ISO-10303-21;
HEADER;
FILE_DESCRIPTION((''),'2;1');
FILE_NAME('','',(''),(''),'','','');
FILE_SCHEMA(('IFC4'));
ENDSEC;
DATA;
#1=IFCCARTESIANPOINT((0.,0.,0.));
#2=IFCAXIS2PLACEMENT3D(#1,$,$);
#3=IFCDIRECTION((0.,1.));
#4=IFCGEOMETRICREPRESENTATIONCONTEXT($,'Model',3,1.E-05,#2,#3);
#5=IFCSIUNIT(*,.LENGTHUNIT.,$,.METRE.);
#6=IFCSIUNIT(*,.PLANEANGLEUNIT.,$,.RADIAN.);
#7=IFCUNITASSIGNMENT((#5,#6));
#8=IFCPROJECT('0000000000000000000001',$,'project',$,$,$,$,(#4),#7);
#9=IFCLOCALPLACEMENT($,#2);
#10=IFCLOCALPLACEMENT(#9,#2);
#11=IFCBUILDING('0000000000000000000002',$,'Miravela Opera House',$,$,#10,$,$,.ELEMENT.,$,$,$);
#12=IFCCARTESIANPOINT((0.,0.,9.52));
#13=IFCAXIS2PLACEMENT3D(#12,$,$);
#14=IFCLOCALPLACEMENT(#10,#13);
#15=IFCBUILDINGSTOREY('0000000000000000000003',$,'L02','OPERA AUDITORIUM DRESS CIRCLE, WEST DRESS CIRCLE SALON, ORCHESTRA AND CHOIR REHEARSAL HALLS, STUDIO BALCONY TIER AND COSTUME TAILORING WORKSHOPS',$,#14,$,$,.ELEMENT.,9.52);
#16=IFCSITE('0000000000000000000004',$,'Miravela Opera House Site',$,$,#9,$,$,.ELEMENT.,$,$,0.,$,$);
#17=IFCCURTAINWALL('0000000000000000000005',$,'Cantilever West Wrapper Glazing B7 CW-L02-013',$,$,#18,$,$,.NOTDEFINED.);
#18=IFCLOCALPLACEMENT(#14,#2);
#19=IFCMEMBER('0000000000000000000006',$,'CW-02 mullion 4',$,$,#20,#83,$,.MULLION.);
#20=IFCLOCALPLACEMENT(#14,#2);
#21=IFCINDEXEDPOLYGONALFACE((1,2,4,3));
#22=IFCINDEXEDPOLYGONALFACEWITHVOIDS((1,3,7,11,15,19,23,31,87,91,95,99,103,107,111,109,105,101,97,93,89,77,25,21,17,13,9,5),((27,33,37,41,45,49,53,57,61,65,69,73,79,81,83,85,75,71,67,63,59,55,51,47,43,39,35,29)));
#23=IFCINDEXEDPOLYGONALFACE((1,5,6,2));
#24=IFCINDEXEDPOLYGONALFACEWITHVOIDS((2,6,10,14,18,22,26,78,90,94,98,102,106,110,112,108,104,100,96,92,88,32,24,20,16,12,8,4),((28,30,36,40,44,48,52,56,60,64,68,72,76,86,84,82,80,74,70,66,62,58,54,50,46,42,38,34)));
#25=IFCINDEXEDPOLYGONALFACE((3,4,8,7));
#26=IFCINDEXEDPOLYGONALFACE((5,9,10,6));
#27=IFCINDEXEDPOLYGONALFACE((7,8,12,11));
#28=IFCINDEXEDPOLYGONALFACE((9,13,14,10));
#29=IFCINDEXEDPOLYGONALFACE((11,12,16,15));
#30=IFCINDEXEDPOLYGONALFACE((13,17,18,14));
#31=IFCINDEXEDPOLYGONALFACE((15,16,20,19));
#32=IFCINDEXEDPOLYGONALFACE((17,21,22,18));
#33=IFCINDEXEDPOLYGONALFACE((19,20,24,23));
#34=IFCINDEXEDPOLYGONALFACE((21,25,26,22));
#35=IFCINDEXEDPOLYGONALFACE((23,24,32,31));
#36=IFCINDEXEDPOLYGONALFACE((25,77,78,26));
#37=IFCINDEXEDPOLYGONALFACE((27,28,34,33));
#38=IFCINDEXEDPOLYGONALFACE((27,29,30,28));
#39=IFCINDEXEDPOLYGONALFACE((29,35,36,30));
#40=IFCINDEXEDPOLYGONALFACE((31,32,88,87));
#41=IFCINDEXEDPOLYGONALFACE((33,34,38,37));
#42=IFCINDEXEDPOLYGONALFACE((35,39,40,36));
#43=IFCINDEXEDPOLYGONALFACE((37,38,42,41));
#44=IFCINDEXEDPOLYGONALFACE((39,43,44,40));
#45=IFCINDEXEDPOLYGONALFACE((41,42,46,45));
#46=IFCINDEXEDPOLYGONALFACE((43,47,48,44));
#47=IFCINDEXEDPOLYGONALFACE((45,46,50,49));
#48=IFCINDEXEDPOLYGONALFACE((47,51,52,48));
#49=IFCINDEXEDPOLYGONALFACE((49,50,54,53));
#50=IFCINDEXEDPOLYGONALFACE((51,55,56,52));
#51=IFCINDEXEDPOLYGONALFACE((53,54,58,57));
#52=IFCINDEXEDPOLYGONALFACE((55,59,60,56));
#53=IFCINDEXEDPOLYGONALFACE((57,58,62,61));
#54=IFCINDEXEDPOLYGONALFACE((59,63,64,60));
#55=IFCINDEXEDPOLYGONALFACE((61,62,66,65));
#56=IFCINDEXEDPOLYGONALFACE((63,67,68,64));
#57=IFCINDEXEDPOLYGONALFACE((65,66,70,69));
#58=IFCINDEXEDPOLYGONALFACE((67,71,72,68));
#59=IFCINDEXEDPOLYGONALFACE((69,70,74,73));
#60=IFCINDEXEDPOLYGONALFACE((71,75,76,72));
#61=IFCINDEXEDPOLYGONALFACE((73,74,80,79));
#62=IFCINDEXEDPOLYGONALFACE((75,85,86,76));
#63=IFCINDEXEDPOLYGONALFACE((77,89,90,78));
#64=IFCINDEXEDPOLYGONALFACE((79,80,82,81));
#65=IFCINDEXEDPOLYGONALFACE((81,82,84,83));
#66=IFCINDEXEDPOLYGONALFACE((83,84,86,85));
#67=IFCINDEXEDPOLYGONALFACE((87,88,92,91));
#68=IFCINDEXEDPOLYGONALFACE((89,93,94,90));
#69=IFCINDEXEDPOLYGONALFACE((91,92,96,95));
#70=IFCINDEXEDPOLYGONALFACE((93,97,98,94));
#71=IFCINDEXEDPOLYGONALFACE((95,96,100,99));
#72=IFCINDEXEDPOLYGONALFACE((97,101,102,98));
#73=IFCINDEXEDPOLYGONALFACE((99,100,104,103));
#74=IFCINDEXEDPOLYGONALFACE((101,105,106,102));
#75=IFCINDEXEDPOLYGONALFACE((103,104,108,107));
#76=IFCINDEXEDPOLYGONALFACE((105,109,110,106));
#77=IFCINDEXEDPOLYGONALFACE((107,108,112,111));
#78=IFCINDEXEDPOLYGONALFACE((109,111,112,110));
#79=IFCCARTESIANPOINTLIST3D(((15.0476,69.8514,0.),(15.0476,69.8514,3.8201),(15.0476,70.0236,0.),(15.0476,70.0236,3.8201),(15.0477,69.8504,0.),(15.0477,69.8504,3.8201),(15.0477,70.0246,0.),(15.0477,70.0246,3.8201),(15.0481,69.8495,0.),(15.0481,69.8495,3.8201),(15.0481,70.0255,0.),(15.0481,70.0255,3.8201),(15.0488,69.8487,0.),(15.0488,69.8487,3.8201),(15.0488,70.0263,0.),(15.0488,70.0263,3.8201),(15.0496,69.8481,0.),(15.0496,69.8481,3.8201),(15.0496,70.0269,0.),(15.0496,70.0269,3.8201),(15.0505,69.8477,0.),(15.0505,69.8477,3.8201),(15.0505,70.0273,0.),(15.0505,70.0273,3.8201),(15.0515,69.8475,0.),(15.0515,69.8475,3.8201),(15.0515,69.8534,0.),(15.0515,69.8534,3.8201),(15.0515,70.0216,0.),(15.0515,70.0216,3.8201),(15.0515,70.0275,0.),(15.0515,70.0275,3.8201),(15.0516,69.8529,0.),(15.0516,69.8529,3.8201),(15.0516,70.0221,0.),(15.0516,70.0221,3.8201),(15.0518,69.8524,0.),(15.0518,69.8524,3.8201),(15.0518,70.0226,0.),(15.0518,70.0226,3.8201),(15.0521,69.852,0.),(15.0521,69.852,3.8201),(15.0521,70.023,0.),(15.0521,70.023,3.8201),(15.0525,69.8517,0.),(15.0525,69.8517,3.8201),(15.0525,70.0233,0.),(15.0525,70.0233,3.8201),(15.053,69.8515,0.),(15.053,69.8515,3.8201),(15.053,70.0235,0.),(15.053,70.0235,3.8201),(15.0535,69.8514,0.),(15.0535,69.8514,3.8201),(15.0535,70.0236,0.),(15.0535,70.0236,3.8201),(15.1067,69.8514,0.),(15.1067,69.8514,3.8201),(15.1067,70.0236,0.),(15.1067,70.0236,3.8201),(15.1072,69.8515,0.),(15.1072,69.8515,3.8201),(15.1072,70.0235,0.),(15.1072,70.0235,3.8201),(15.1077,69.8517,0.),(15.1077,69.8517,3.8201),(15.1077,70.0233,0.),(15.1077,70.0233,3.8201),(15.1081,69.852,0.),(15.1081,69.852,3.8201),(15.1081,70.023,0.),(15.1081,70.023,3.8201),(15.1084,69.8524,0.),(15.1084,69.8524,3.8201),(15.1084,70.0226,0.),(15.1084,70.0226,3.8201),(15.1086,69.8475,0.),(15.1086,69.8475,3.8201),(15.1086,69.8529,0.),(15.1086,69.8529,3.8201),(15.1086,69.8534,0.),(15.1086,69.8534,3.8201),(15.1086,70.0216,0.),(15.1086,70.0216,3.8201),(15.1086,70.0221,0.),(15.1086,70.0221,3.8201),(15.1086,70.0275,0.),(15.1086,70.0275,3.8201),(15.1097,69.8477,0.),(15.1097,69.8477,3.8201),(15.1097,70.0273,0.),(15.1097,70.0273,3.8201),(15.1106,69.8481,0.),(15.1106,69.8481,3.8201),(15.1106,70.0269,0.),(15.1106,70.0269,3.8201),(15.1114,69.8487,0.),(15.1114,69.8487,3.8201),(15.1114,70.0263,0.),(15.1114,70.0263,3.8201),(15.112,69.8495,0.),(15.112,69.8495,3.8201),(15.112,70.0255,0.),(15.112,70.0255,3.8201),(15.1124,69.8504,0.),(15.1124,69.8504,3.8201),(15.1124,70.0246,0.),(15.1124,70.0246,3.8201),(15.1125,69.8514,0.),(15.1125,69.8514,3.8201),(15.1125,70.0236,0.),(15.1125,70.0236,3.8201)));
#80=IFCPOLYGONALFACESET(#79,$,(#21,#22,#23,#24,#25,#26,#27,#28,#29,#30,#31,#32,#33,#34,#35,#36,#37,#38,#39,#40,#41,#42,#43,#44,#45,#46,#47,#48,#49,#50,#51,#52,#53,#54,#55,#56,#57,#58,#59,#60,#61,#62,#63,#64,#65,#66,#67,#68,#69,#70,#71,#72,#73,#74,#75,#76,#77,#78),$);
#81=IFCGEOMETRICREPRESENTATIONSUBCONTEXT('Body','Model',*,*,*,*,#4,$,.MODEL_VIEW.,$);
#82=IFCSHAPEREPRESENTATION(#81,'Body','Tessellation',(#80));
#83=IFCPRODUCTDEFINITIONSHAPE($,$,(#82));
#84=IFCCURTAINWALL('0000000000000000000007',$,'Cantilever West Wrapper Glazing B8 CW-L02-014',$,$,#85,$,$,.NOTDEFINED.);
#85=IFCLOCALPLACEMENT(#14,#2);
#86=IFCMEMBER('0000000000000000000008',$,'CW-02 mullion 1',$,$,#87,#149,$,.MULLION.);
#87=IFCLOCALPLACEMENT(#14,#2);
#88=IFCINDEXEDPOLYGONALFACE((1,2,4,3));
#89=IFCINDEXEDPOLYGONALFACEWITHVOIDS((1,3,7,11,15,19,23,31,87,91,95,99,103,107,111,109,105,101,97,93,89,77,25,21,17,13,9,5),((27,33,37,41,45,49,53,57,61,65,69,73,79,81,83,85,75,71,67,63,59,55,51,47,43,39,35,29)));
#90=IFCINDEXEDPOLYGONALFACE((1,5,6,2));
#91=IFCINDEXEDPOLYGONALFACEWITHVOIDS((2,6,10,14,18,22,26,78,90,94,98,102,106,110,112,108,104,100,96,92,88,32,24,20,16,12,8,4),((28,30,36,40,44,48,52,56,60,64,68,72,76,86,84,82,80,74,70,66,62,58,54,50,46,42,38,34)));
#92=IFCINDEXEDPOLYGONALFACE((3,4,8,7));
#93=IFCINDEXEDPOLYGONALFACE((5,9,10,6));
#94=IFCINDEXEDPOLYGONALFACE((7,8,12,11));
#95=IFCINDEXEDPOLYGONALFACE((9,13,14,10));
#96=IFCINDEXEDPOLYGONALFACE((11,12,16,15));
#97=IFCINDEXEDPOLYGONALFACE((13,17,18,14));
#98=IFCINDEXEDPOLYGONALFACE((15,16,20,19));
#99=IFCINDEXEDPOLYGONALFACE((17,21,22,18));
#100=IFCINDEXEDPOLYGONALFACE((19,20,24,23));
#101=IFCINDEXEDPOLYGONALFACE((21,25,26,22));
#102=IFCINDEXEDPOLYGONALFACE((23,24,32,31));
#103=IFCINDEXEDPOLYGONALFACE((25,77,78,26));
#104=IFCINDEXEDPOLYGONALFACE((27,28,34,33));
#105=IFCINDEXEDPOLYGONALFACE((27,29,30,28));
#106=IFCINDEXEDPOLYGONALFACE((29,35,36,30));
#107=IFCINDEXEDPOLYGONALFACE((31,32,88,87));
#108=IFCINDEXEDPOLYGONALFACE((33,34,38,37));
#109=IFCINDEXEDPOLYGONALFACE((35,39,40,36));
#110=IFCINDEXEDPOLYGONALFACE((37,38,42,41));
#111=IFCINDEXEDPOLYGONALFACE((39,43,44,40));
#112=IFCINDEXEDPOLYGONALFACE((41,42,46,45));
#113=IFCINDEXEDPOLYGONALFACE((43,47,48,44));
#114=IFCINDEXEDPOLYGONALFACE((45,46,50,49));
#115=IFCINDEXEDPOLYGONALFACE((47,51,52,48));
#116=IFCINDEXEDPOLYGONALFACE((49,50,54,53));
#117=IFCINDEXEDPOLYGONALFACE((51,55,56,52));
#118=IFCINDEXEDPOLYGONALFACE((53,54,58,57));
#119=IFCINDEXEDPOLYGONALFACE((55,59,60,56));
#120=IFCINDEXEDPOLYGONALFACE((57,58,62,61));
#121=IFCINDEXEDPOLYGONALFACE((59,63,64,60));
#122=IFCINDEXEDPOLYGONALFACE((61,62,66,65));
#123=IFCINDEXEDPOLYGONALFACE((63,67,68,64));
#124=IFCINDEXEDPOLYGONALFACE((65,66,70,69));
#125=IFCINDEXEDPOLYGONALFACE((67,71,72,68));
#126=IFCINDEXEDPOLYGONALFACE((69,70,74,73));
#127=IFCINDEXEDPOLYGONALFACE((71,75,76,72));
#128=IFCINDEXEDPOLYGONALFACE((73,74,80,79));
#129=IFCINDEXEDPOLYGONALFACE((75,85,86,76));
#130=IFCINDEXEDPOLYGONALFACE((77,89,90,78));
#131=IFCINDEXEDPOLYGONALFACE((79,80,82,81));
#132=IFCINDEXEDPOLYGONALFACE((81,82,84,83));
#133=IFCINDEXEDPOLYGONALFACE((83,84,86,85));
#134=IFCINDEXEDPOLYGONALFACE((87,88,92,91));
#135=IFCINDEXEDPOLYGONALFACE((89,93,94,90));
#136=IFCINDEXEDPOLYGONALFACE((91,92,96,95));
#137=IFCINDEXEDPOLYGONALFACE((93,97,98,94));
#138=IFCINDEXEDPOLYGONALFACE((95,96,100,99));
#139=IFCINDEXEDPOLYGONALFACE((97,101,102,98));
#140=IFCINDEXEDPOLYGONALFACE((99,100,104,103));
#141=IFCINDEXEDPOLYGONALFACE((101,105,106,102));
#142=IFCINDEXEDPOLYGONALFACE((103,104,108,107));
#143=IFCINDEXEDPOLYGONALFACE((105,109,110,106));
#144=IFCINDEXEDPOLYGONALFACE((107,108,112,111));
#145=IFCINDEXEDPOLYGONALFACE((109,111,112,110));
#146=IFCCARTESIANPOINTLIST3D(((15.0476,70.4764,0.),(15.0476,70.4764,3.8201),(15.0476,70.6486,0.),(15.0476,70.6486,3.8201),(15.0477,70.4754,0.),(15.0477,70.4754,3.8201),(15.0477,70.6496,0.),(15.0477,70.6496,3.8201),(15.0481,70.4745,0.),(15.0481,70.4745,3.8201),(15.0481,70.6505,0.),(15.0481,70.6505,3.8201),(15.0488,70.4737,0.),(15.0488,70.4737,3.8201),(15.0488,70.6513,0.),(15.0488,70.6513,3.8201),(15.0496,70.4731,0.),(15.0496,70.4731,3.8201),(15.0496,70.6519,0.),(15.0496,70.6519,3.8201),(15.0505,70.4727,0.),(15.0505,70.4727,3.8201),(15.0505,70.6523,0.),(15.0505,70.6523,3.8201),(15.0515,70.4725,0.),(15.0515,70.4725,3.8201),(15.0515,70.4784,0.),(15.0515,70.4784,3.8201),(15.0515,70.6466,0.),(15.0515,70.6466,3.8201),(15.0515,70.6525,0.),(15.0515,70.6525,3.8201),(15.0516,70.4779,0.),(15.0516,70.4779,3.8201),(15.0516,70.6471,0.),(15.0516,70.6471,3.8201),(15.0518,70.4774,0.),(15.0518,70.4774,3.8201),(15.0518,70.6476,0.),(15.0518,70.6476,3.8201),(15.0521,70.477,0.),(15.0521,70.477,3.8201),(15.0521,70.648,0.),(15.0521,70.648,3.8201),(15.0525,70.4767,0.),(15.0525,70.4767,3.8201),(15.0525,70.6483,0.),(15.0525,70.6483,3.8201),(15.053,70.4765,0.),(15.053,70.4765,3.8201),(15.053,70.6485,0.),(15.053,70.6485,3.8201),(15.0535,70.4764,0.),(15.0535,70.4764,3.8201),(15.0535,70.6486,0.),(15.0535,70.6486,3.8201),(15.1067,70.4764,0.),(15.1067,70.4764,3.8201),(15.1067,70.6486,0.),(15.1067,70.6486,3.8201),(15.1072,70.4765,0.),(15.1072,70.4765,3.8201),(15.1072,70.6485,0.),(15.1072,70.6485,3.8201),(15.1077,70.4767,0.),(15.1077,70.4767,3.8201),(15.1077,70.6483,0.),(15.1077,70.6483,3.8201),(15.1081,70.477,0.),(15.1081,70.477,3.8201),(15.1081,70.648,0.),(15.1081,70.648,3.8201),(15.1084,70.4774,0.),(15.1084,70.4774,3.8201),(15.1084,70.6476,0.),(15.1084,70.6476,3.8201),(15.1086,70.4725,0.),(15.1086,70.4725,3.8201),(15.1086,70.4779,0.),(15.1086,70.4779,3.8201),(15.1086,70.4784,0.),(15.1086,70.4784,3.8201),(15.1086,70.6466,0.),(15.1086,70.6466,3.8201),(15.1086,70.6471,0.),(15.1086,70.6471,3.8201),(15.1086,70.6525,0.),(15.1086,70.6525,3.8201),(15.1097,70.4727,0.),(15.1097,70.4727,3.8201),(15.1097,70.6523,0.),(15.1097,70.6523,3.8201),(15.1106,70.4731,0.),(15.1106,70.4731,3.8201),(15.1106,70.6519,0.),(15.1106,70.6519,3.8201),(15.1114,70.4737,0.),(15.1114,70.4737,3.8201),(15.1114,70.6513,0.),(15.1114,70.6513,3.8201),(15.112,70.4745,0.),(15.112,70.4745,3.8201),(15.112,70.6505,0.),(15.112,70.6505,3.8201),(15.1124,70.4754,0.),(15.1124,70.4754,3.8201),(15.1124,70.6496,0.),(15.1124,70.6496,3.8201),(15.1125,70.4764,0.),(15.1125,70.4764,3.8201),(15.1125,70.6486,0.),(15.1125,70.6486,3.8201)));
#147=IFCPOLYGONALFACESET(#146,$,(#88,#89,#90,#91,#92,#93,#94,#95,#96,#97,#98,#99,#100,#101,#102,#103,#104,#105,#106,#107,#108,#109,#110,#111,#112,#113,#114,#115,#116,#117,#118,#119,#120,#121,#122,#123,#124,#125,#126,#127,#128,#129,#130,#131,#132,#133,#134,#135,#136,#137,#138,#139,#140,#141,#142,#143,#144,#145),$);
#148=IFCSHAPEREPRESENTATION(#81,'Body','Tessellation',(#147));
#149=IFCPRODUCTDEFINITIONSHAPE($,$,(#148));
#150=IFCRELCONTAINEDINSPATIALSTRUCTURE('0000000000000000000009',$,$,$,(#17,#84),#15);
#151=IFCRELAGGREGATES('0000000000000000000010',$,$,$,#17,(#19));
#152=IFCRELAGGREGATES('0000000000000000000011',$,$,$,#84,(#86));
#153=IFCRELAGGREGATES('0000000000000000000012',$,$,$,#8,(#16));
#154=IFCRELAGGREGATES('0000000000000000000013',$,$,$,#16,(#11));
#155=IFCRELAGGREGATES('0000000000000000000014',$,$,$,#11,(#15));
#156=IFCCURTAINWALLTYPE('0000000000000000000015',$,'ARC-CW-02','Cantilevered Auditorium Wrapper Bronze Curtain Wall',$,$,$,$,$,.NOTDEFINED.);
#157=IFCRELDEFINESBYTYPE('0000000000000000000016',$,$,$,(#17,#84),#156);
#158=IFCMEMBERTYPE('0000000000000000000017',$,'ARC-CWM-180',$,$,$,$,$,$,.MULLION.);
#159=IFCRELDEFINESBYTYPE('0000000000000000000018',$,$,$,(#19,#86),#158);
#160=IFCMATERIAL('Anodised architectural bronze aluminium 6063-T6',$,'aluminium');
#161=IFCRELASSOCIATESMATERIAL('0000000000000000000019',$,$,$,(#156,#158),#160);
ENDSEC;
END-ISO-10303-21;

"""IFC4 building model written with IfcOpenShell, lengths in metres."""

from ifc_helpers import new_model, si_unit, direction, frame, origin, origin_2d, place, context, subcontext, project, spatial, hollow_rectangle, extrude, material, material_profile, profile_set, type_object, element, aggregate, save


model = new_model("IFC4")

# Units and contexts
model_context = context("Model", 3, precision=1e-05, world=origin(), true_north=direction((0.0, 1.0)))
body_context = subcontext(model_context, "Body", "Model", "MODEL_VIEW")
ifc_project = project(units=[si_unit("LENGTHUNIT", "METRE"), si_unit("PLANEANGLEUNIT", "RADIAN")], contexts=[model_context])

# Site, building, storey
site_placement = place(None, origin())
site = spatial("IfcSite", under=ifc_project, at=site_placement, Name="Miravela Opera House Site", CompositionType="ELEMENT", RefElevation=0.0)
building_placement = place(site_placement, origin())
building = spatial("IfcBuilding", under=site, at=building_placement, Name="Miravela Opera House", CompositionType="ELEMENT")
storey_placement = place(building_placement, frame((0.0, 0.0, 9.52)))
storey = spatial("IfcBuildingStorey", under=building, at=storey_placement, Name="L02", Description="OPERA AUDITORIUM DRESS CIRCLE, WEST DRESS CIRCLE SALON, ORCHESTRA AND CHOIR REHEARSAL HALLS, STUDIO BALCONY TIER AND COSTUME TAILORING WORKSHOPS", CompositionType="ELEMENT", Elevation=9.52)

# Curtain wall, member
ifc_material_1 = material(Name="Anodised architectural bronze aluminium 6063-T6", Category="aluminium")
curtain_wall_type = type_object("IfcCurtainWallType", Name="ARC-CW-02", Description="Cantilevered Auditorium Wrapper Bronze Curtain Wall", PredefinedType="NOTDEFINED", material=ifc_material_1)
curtain_wall_1_placement = place(storey_placement, origin())
curtain_wall_1 = element("IfcCurtainWall", 1, at=curtain_wall_1_placement, inside=storey, type_object=curtain_wall_type, Name="Cantilever West Wrapper Glazing B7 CW-L02-013", PredefinedType="NOTDEFINED")
ifc_material_profile_1 = material_profile(ifc_material_1, hollow_rectangle(XDim=0.0649, YDim=0.1799, WallThickness=0.0039, InnerFilletRadius=0.002, OuterFilletRadius=0.0039, at=origin_2d()), Name="CWM-65X180")
ifc_profile_set_1 = profile_set([ifc_material_profile_1])
member_type_1 = type_object("IfcMemberType", Name="ARC-CWM-180", PredefinedType="MULLION", material=ifc_profile_set_1)
member_1_placement = place(storey_placement, frame((15.0801, 69.9375, 0.0), z_axis=(0.0, 0.0, 1.0), x_axis=(-1.0, 0.0, 0.0)))
member_1 = element("IfcMember", 2, at=member_1_placement, type_object=member_type_1, Name="CW-02 mullion 4", PredefinedType="MULLION", context=body_context, shape_type="SweptSolid", body=[
    extrude(hollow_rectangle(XDim=0.0649, YDim=0.1799, WallThickness=0.0039, InnerFilletRadius=0.002, OuterFilletRadius=0.0039, at=origin_2d()), origin(), (0.0, 0.0, 1.0), 3.8201),
])

# Curtain wall, member
curtain_wall_2_placement = place(storey_placement, origin())
curtain_wall_2 = element("IfcCurtainWall", 3, at=curtain_wall_2_placement, inside=storey, type_object=curtain_wall_type, Name="Cantilever West Wrapper Glazing B8 CW-L02-014", PredefinedType="NOTDEFINED")
member_2_placement = place(storey_placement, frame((15.0801, 70.5625, 0.0), z_axis=(0.0, 0.0, 1.0), x_axis=(-1.0, 0.0, 0.0)))
member_2 = element("IfcMember", 4, at=member_2_placement, type_object=member_type_1, Name="CW-02 mullion 1", PredefinedType="MULLION", context=body_context, shape_type="SweptSolid", body=[
    extrude(hollow_rectangle(XDim=0.0649, YDim=0.1799, WallThickness=0.0039, InnerFilletRadius=0.002, OuterFilletRadius=0.0039, at=origin_2d()), origin(), (0.0, 0.0, 1.0), 3.8201),
])

aggregate(curtain_wall_1, [member_1])
aggregate(curtain_wall_2, [member_2])

save(model, "model.ifc")
